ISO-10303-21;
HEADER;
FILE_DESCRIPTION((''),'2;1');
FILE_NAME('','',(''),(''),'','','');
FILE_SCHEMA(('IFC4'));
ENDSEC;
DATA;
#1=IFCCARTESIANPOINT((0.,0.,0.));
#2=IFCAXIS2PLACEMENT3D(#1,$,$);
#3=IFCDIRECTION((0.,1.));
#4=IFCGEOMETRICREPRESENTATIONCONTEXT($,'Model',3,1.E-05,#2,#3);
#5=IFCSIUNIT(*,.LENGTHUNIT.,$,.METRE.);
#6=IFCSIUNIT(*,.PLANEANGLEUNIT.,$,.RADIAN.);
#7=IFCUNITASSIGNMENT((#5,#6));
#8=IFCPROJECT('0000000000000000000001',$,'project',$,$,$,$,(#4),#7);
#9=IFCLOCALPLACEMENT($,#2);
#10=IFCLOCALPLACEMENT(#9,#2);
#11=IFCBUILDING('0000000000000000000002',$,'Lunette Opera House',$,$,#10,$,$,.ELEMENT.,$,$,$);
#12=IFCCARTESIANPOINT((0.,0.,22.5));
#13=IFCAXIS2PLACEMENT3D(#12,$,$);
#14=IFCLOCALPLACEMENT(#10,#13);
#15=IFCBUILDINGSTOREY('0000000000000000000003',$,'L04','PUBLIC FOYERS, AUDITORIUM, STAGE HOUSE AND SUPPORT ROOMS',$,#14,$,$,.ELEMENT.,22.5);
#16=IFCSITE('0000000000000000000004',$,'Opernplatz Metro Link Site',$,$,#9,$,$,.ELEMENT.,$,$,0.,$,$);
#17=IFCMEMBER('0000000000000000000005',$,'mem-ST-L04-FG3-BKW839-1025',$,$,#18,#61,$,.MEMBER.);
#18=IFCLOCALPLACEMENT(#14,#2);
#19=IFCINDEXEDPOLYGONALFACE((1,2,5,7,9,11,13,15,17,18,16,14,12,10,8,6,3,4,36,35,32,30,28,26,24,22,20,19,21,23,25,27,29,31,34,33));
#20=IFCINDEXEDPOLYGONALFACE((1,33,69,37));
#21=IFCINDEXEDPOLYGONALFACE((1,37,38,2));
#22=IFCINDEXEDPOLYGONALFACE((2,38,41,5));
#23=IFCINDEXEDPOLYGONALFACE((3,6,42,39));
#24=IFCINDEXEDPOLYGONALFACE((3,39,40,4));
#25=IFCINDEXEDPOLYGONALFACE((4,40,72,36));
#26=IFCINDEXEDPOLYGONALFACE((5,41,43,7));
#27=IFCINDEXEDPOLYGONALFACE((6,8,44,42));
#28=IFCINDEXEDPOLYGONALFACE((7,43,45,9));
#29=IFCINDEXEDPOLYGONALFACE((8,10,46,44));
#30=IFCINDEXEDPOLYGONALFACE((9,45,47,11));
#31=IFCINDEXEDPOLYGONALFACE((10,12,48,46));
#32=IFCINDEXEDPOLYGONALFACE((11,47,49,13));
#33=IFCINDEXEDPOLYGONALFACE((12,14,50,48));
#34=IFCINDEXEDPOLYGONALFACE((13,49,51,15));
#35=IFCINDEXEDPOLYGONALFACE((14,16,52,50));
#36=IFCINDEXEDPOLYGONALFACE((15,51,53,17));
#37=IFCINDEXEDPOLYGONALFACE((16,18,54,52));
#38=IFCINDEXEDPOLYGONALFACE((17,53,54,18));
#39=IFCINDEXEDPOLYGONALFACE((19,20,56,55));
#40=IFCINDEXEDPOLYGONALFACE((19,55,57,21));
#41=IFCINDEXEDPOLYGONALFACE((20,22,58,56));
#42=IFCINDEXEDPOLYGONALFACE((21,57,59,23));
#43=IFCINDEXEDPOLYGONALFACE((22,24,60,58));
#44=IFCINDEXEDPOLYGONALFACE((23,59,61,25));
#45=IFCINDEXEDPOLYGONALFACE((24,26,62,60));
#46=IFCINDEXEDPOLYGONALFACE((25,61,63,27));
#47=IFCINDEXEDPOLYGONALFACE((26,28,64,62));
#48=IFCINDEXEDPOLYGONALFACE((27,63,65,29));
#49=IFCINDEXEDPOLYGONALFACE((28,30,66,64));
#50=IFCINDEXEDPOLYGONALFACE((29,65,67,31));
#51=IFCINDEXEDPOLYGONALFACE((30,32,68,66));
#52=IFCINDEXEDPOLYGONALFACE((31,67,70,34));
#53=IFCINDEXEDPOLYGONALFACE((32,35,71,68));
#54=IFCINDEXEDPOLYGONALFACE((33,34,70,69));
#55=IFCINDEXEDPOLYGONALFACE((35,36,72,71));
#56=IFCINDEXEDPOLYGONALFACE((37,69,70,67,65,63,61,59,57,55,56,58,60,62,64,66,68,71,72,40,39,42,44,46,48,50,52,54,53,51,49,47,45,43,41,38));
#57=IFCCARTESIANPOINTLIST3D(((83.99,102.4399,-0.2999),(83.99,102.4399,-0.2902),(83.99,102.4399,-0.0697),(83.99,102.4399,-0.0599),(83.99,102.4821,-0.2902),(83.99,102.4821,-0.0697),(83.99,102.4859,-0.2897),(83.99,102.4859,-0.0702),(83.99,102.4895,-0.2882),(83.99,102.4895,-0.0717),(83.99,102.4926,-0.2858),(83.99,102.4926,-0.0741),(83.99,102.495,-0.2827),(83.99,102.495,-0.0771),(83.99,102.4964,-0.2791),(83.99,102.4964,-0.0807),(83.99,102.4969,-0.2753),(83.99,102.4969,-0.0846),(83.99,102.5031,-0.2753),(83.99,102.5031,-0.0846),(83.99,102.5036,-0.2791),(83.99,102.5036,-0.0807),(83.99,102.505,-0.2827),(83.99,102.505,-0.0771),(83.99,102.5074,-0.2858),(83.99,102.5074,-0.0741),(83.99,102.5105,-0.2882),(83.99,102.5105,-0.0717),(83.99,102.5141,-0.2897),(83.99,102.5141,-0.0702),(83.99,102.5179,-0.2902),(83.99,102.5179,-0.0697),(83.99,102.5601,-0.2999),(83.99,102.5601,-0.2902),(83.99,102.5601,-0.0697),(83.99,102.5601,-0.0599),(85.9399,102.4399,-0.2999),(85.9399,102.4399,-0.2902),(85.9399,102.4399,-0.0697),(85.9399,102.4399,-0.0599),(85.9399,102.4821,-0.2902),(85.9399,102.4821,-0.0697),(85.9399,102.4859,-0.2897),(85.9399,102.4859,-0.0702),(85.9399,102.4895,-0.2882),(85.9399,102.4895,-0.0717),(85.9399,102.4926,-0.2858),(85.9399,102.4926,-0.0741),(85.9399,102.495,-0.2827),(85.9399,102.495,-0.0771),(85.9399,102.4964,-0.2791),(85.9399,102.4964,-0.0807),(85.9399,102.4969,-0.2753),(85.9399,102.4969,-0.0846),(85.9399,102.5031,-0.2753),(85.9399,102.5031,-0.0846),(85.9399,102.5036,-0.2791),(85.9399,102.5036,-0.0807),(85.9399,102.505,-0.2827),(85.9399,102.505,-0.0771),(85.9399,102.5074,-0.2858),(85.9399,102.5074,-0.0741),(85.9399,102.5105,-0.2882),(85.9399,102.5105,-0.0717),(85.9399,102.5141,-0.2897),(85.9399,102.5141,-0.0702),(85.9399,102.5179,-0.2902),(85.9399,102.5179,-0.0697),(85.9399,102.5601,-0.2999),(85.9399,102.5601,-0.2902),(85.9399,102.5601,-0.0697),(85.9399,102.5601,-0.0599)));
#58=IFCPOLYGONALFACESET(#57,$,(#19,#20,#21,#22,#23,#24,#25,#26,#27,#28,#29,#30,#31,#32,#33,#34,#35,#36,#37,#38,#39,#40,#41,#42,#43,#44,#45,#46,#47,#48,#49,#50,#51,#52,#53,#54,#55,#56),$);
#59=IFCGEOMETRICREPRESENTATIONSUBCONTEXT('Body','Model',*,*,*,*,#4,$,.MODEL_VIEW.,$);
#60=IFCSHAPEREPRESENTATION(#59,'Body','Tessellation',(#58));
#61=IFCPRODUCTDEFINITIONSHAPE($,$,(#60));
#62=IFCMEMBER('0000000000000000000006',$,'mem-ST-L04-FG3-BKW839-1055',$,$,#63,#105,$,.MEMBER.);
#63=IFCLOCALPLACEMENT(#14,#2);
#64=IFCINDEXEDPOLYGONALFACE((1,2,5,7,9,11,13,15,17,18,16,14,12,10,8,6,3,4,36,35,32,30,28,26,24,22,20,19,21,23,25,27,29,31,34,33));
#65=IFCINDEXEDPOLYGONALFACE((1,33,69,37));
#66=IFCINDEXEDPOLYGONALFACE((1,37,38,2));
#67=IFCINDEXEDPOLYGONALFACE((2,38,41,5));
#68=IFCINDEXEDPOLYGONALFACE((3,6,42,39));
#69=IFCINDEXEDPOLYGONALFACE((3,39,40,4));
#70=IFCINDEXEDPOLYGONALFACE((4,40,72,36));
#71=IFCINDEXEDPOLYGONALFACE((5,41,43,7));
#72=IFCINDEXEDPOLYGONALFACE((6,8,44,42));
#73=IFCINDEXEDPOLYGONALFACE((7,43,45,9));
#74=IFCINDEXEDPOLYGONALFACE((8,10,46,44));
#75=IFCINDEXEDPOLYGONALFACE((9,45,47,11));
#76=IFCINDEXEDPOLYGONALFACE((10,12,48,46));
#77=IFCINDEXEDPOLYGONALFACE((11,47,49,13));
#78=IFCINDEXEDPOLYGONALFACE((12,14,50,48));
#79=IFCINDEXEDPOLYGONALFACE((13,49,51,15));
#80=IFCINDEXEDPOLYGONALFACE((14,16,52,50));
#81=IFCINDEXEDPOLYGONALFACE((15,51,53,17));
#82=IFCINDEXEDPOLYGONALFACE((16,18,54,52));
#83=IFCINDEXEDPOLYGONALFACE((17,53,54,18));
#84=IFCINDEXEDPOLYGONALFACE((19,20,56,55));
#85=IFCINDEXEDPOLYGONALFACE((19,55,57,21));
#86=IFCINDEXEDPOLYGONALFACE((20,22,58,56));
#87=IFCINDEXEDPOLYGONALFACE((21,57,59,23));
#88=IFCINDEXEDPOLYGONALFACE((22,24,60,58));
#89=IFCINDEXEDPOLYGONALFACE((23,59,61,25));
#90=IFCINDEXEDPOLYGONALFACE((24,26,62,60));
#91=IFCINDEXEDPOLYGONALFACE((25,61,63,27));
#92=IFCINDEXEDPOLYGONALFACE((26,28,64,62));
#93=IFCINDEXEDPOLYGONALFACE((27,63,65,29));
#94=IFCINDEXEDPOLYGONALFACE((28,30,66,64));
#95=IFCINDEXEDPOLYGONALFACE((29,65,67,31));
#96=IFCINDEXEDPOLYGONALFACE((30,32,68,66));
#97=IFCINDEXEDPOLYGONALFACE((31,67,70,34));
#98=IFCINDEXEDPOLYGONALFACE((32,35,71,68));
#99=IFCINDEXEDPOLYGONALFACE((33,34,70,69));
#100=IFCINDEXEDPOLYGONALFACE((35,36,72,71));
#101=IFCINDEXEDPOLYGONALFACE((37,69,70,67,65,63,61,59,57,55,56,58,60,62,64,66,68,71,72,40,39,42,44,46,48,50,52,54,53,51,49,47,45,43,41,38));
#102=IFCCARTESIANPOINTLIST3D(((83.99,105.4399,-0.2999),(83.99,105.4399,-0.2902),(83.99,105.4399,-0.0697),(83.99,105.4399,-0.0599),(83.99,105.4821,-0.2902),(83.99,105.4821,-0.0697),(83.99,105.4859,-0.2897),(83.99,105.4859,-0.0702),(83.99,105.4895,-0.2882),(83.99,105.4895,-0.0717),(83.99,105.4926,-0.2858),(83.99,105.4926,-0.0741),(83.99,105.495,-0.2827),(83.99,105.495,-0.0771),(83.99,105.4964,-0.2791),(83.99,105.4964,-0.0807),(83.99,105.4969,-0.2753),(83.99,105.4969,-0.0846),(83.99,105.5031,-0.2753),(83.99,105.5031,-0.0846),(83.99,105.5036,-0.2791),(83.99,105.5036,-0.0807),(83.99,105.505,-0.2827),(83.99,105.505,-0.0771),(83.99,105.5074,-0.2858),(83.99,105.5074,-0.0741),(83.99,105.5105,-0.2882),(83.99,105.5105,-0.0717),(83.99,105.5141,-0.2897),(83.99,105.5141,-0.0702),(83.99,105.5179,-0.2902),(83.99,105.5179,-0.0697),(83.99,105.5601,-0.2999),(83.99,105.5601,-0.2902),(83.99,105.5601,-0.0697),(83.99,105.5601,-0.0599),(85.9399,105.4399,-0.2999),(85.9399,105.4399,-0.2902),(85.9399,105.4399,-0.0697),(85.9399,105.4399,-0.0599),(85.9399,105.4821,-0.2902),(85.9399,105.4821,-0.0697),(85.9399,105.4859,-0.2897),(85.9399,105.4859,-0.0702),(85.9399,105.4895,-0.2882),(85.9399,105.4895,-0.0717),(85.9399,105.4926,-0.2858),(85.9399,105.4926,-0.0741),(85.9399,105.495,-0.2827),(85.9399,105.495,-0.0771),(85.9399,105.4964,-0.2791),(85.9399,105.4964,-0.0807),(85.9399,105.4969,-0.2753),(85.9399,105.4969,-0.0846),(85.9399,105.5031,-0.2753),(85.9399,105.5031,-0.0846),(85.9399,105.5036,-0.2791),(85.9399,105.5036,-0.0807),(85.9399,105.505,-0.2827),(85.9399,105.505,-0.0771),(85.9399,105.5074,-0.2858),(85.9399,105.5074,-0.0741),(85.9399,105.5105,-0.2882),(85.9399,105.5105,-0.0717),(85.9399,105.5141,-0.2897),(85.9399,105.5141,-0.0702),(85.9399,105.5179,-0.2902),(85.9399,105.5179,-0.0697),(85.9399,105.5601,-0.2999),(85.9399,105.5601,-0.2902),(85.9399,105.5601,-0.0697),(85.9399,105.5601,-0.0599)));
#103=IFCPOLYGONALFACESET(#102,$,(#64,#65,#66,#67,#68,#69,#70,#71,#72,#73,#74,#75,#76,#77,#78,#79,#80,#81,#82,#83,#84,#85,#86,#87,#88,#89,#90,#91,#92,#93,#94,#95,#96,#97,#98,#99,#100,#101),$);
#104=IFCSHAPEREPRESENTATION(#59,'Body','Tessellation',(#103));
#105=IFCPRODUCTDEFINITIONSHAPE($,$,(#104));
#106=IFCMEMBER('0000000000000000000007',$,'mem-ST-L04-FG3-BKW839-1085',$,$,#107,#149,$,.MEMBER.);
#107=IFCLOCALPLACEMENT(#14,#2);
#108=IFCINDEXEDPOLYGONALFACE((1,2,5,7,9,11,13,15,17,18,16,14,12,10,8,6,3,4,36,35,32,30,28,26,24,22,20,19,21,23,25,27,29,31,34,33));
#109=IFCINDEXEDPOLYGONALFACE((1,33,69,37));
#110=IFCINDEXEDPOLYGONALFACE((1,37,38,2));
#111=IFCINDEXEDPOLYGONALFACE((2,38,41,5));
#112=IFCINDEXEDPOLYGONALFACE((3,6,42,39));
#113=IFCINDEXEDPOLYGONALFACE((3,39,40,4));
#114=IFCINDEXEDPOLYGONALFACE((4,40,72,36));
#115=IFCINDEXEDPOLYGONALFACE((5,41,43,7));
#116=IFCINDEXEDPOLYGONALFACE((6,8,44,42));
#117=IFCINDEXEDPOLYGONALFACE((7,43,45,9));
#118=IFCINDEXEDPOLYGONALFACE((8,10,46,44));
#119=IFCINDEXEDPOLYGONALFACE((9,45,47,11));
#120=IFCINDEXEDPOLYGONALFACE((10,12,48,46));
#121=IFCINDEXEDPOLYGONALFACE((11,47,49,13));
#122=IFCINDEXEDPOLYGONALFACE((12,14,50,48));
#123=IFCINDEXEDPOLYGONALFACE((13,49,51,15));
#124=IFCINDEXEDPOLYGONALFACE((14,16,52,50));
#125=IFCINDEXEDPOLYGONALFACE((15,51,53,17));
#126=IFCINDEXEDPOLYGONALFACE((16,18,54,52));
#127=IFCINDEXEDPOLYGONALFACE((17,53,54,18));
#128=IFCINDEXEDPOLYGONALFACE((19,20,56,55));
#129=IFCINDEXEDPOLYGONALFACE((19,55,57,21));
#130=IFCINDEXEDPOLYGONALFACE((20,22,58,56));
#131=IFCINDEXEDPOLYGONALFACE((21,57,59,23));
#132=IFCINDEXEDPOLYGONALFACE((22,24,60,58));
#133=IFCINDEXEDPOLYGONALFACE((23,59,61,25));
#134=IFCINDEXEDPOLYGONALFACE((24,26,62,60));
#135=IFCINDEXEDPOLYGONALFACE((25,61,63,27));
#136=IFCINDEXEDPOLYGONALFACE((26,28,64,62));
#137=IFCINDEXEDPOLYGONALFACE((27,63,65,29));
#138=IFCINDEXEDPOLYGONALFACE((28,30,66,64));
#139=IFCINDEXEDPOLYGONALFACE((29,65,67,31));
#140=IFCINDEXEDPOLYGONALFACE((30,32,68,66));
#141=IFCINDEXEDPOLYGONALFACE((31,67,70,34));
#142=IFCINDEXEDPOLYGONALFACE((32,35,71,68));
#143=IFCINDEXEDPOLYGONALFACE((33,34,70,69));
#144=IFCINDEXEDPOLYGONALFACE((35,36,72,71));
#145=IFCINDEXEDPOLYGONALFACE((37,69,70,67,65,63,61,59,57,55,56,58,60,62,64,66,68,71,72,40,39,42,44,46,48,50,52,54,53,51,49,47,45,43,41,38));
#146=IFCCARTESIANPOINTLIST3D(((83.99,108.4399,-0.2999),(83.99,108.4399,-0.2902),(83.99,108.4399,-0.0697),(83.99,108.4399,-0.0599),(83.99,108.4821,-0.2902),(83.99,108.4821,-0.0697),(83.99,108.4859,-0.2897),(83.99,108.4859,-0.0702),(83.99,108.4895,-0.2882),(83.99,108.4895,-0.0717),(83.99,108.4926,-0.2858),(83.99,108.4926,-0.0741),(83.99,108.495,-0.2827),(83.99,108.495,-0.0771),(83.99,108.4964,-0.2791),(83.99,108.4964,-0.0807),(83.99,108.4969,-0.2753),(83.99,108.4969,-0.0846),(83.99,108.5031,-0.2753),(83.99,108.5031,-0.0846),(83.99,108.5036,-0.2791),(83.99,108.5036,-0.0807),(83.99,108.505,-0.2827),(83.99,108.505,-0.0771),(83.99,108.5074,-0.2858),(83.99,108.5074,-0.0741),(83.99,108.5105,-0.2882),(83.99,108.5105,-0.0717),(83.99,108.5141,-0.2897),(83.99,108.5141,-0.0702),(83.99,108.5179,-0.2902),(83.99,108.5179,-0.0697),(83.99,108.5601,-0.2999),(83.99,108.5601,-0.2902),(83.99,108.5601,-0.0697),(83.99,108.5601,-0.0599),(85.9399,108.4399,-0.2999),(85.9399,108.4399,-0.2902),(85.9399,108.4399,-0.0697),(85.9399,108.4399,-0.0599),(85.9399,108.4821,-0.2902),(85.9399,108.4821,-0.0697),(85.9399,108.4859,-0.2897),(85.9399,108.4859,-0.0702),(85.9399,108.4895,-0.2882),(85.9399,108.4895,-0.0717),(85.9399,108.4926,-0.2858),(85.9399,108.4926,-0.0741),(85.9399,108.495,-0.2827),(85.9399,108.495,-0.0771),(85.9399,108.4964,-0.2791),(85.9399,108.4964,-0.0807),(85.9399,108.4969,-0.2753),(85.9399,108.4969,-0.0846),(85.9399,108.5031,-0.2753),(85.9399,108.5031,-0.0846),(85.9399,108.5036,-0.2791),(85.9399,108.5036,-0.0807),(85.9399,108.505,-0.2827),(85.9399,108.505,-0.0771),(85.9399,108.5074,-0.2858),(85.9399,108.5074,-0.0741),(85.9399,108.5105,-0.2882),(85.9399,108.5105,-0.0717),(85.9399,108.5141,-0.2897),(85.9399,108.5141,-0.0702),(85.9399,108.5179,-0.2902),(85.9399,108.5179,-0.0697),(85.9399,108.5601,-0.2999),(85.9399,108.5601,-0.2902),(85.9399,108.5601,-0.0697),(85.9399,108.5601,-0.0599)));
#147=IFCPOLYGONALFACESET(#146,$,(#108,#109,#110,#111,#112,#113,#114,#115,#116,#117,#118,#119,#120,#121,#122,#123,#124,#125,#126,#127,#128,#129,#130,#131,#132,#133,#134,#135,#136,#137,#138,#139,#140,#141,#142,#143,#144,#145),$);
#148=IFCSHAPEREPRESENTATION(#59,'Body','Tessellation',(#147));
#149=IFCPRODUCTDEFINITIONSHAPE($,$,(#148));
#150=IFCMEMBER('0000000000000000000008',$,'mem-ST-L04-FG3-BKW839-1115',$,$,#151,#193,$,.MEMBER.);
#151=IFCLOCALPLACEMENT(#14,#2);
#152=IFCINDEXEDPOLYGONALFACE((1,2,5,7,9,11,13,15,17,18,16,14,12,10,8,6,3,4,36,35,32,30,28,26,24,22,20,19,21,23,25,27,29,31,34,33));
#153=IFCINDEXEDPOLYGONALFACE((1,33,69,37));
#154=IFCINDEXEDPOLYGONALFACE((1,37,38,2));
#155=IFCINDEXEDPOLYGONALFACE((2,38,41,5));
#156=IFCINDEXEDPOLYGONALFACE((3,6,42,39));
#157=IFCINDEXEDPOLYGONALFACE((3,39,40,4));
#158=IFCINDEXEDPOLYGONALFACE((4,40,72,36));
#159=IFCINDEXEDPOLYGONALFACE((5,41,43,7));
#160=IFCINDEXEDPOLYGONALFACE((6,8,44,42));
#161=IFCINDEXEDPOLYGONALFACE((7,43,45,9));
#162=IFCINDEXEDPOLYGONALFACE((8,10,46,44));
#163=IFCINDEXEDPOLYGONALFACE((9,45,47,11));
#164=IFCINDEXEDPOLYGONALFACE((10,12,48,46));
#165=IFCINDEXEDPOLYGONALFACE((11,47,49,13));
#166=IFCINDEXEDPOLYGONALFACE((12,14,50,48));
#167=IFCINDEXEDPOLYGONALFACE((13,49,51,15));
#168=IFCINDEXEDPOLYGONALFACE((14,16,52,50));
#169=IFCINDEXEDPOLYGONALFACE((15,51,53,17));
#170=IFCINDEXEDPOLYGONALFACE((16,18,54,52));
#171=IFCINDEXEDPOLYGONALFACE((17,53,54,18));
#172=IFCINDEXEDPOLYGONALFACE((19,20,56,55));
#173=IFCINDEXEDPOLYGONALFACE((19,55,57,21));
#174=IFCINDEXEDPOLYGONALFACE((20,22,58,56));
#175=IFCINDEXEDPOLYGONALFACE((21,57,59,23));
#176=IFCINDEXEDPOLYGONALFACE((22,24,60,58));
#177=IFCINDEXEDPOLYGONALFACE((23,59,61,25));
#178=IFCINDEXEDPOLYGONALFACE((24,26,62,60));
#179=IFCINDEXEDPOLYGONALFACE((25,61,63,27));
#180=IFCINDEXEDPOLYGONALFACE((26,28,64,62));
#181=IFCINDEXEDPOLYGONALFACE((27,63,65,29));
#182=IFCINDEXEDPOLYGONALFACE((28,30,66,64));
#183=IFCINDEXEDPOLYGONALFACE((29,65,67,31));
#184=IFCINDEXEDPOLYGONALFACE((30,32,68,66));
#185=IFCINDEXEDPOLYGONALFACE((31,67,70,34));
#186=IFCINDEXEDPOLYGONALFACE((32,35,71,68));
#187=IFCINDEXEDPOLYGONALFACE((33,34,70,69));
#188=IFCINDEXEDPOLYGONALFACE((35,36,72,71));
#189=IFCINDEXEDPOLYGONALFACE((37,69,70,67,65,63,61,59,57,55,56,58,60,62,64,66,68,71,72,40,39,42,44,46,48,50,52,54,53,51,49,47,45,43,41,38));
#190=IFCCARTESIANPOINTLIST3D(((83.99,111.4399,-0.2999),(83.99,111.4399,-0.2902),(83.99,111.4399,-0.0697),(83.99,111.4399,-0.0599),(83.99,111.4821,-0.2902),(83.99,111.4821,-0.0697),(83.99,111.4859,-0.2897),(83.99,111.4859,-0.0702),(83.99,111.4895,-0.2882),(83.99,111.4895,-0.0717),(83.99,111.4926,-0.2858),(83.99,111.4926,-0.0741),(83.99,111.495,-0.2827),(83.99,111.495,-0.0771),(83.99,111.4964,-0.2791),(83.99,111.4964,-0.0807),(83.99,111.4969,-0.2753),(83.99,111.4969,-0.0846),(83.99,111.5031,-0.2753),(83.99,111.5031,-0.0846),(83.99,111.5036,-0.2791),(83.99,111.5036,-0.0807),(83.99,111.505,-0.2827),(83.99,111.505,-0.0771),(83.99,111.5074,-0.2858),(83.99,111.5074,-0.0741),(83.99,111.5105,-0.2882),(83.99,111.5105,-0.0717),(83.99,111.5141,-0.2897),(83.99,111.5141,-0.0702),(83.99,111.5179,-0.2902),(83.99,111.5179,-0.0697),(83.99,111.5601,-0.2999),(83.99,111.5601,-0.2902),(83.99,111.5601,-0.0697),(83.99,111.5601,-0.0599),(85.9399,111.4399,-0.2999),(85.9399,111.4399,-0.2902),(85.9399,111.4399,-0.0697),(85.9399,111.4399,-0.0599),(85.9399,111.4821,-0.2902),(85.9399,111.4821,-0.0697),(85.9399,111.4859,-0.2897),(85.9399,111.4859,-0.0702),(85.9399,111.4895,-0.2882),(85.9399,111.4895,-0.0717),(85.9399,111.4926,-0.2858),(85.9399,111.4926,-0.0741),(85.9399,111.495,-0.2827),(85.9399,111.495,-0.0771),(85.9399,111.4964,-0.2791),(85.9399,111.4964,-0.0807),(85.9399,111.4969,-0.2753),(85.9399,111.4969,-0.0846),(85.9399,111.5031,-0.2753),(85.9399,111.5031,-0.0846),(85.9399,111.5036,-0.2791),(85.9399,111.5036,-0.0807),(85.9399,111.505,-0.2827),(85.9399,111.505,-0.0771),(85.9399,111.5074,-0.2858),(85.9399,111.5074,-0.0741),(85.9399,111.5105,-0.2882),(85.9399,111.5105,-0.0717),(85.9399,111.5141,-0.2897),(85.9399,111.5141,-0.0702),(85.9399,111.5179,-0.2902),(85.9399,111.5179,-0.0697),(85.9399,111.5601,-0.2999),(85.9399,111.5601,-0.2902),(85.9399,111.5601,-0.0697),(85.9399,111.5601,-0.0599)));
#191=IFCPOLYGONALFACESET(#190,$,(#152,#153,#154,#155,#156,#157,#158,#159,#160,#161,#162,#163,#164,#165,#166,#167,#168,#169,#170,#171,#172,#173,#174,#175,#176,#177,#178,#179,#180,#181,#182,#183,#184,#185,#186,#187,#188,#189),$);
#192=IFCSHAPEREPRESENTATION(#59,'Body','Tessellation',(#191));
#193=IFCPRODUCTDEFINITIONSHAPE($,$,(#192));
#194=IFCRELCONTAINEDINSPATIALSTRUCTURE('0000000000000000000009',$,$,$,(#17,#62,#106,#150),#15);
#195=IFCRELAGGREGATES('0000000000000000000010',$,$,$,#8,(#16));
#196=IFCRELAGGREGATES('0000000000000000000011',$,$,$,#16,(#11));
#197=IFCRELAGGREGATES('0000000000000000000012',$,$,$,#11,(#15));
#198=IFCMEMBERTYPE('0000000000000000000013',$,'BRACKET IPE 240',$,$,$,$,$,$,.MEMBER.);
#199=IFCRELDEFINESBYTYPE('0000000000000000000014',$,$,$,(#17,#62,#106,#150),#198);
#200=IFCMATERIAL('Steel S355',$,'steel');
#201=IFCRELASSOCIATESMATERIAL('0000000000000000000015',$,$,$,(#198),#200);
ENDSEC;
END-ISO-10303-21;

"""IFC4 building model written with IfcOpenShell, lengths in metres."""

from ifc_helpers import new_model, si_unit, direction, frame, origin, origin_2d, place, context, subcontext, project, spatial, i_section, extrude, material, material_profile, profile_set, type_object, element, save


model = new_model("IFC4")

# Units and contexts
model_context = context("Model", 3, precision=1e-05, world=origin(), true_north=direction((0.0, 1.0)))
body_context = subcontext(model_context, "Body", "Model", "MODEL_VIEW")
ifc_project = project(units=[si_unit("LENGTHUNIT", "METRE"), si_unit("PLANEANGLEUNIT", "RADIAN")], contexts=[model_context])

# Site, building, storey
site_placement = place(None, origin())
site = spatial("IfcSite", under=ifc_project, at=site_placement, Name="Opernplatz Metro Link Site", CompositionType="ELEMENT", RefElevation=0.0)
building_placement = place(site_placement, origin())
building = spatial("IfcBuilding", under=site, at=building_placement, Name="Lunette Opera House", CompositionType="ELEMENT")
storey_placement = place(building_placement, frame((0.0, 0.0, 22.5)))
storey = spatial("IfcBuildingStorey", under=building, at=storey_placement, Name="L04", Description="PUBLIC FOYERS, AUDITORIUM, STAGE HOUSE AND SUPPORT ROOMS", CompositionType="ELEMENT", Elevation=22.5)

# Members
ifc_material_1 = material(Name="Steel S355", Category="steel")
ifc_material_profile_1 = material_profile(ifc_material_1, i_section(OverallWidth=0.1201, OverallDepth=0.24, WebThickness=0.0061, FlangeThickness=0.0098, FilletRadius=0.0149, at=origin_2d()), Name="IPE 240")
ifc_profile_set_1 = profile_set([ifc_material_profile_1], Name="Steel S355")
member_type_1 = type_object("IfcMemberType", Name="BRACKET IPE 240", PredefinedType="MEMBER", material=ifc_profile_set_1)
for number, where, z_axis, x_axis, name in (
    (1, (83.99, 102.5, -0.1799), (1.0, 0.0, 0.0), (0.0, 1.0, 0.0), "mem-ST-L04-FG3-BKW839-1025"),
    (2, (83.99, 105.5, -0.1799), (1.0, 0.0, 0.0), (0.0, 1.0, 0.0), "mem-ST-L04-FG3-BKW839-1055"),
    (3, (83.99, 108.5, -0.1799), (1.0, 0.0, 0.0), (0.0, 1.0, 0.0), "mem-ST-L04-FG3-BKW839-1085"),
    (4, (83.99, 111.5, -0.1799), (1.0, 0.0, 0.0), (0.0, 1.0, 0.0), "mem-ST-L04-FG3-BKW839-1115"),
):
    element("IfcMember", number, at=place(storey_placement, frame(where, z_axis=z_axis, x_axis=x_axis)), inside=storey, type_object=member_type_1, Name=name, PredefinedType="MEMBER", context=body_context, shape_type="SweptSolid", body=[
        extrude(i_section(OverallWidth=0.1201, OverallDepth=0.24, WebThickness=0.0061, FlangeThickness=0.0098, FilletRadius=0.0149, at=origin_2d()), origin(), (0.0, 0.0, 1.0), 1.95),
    ])

save(model, "model.ifc")
